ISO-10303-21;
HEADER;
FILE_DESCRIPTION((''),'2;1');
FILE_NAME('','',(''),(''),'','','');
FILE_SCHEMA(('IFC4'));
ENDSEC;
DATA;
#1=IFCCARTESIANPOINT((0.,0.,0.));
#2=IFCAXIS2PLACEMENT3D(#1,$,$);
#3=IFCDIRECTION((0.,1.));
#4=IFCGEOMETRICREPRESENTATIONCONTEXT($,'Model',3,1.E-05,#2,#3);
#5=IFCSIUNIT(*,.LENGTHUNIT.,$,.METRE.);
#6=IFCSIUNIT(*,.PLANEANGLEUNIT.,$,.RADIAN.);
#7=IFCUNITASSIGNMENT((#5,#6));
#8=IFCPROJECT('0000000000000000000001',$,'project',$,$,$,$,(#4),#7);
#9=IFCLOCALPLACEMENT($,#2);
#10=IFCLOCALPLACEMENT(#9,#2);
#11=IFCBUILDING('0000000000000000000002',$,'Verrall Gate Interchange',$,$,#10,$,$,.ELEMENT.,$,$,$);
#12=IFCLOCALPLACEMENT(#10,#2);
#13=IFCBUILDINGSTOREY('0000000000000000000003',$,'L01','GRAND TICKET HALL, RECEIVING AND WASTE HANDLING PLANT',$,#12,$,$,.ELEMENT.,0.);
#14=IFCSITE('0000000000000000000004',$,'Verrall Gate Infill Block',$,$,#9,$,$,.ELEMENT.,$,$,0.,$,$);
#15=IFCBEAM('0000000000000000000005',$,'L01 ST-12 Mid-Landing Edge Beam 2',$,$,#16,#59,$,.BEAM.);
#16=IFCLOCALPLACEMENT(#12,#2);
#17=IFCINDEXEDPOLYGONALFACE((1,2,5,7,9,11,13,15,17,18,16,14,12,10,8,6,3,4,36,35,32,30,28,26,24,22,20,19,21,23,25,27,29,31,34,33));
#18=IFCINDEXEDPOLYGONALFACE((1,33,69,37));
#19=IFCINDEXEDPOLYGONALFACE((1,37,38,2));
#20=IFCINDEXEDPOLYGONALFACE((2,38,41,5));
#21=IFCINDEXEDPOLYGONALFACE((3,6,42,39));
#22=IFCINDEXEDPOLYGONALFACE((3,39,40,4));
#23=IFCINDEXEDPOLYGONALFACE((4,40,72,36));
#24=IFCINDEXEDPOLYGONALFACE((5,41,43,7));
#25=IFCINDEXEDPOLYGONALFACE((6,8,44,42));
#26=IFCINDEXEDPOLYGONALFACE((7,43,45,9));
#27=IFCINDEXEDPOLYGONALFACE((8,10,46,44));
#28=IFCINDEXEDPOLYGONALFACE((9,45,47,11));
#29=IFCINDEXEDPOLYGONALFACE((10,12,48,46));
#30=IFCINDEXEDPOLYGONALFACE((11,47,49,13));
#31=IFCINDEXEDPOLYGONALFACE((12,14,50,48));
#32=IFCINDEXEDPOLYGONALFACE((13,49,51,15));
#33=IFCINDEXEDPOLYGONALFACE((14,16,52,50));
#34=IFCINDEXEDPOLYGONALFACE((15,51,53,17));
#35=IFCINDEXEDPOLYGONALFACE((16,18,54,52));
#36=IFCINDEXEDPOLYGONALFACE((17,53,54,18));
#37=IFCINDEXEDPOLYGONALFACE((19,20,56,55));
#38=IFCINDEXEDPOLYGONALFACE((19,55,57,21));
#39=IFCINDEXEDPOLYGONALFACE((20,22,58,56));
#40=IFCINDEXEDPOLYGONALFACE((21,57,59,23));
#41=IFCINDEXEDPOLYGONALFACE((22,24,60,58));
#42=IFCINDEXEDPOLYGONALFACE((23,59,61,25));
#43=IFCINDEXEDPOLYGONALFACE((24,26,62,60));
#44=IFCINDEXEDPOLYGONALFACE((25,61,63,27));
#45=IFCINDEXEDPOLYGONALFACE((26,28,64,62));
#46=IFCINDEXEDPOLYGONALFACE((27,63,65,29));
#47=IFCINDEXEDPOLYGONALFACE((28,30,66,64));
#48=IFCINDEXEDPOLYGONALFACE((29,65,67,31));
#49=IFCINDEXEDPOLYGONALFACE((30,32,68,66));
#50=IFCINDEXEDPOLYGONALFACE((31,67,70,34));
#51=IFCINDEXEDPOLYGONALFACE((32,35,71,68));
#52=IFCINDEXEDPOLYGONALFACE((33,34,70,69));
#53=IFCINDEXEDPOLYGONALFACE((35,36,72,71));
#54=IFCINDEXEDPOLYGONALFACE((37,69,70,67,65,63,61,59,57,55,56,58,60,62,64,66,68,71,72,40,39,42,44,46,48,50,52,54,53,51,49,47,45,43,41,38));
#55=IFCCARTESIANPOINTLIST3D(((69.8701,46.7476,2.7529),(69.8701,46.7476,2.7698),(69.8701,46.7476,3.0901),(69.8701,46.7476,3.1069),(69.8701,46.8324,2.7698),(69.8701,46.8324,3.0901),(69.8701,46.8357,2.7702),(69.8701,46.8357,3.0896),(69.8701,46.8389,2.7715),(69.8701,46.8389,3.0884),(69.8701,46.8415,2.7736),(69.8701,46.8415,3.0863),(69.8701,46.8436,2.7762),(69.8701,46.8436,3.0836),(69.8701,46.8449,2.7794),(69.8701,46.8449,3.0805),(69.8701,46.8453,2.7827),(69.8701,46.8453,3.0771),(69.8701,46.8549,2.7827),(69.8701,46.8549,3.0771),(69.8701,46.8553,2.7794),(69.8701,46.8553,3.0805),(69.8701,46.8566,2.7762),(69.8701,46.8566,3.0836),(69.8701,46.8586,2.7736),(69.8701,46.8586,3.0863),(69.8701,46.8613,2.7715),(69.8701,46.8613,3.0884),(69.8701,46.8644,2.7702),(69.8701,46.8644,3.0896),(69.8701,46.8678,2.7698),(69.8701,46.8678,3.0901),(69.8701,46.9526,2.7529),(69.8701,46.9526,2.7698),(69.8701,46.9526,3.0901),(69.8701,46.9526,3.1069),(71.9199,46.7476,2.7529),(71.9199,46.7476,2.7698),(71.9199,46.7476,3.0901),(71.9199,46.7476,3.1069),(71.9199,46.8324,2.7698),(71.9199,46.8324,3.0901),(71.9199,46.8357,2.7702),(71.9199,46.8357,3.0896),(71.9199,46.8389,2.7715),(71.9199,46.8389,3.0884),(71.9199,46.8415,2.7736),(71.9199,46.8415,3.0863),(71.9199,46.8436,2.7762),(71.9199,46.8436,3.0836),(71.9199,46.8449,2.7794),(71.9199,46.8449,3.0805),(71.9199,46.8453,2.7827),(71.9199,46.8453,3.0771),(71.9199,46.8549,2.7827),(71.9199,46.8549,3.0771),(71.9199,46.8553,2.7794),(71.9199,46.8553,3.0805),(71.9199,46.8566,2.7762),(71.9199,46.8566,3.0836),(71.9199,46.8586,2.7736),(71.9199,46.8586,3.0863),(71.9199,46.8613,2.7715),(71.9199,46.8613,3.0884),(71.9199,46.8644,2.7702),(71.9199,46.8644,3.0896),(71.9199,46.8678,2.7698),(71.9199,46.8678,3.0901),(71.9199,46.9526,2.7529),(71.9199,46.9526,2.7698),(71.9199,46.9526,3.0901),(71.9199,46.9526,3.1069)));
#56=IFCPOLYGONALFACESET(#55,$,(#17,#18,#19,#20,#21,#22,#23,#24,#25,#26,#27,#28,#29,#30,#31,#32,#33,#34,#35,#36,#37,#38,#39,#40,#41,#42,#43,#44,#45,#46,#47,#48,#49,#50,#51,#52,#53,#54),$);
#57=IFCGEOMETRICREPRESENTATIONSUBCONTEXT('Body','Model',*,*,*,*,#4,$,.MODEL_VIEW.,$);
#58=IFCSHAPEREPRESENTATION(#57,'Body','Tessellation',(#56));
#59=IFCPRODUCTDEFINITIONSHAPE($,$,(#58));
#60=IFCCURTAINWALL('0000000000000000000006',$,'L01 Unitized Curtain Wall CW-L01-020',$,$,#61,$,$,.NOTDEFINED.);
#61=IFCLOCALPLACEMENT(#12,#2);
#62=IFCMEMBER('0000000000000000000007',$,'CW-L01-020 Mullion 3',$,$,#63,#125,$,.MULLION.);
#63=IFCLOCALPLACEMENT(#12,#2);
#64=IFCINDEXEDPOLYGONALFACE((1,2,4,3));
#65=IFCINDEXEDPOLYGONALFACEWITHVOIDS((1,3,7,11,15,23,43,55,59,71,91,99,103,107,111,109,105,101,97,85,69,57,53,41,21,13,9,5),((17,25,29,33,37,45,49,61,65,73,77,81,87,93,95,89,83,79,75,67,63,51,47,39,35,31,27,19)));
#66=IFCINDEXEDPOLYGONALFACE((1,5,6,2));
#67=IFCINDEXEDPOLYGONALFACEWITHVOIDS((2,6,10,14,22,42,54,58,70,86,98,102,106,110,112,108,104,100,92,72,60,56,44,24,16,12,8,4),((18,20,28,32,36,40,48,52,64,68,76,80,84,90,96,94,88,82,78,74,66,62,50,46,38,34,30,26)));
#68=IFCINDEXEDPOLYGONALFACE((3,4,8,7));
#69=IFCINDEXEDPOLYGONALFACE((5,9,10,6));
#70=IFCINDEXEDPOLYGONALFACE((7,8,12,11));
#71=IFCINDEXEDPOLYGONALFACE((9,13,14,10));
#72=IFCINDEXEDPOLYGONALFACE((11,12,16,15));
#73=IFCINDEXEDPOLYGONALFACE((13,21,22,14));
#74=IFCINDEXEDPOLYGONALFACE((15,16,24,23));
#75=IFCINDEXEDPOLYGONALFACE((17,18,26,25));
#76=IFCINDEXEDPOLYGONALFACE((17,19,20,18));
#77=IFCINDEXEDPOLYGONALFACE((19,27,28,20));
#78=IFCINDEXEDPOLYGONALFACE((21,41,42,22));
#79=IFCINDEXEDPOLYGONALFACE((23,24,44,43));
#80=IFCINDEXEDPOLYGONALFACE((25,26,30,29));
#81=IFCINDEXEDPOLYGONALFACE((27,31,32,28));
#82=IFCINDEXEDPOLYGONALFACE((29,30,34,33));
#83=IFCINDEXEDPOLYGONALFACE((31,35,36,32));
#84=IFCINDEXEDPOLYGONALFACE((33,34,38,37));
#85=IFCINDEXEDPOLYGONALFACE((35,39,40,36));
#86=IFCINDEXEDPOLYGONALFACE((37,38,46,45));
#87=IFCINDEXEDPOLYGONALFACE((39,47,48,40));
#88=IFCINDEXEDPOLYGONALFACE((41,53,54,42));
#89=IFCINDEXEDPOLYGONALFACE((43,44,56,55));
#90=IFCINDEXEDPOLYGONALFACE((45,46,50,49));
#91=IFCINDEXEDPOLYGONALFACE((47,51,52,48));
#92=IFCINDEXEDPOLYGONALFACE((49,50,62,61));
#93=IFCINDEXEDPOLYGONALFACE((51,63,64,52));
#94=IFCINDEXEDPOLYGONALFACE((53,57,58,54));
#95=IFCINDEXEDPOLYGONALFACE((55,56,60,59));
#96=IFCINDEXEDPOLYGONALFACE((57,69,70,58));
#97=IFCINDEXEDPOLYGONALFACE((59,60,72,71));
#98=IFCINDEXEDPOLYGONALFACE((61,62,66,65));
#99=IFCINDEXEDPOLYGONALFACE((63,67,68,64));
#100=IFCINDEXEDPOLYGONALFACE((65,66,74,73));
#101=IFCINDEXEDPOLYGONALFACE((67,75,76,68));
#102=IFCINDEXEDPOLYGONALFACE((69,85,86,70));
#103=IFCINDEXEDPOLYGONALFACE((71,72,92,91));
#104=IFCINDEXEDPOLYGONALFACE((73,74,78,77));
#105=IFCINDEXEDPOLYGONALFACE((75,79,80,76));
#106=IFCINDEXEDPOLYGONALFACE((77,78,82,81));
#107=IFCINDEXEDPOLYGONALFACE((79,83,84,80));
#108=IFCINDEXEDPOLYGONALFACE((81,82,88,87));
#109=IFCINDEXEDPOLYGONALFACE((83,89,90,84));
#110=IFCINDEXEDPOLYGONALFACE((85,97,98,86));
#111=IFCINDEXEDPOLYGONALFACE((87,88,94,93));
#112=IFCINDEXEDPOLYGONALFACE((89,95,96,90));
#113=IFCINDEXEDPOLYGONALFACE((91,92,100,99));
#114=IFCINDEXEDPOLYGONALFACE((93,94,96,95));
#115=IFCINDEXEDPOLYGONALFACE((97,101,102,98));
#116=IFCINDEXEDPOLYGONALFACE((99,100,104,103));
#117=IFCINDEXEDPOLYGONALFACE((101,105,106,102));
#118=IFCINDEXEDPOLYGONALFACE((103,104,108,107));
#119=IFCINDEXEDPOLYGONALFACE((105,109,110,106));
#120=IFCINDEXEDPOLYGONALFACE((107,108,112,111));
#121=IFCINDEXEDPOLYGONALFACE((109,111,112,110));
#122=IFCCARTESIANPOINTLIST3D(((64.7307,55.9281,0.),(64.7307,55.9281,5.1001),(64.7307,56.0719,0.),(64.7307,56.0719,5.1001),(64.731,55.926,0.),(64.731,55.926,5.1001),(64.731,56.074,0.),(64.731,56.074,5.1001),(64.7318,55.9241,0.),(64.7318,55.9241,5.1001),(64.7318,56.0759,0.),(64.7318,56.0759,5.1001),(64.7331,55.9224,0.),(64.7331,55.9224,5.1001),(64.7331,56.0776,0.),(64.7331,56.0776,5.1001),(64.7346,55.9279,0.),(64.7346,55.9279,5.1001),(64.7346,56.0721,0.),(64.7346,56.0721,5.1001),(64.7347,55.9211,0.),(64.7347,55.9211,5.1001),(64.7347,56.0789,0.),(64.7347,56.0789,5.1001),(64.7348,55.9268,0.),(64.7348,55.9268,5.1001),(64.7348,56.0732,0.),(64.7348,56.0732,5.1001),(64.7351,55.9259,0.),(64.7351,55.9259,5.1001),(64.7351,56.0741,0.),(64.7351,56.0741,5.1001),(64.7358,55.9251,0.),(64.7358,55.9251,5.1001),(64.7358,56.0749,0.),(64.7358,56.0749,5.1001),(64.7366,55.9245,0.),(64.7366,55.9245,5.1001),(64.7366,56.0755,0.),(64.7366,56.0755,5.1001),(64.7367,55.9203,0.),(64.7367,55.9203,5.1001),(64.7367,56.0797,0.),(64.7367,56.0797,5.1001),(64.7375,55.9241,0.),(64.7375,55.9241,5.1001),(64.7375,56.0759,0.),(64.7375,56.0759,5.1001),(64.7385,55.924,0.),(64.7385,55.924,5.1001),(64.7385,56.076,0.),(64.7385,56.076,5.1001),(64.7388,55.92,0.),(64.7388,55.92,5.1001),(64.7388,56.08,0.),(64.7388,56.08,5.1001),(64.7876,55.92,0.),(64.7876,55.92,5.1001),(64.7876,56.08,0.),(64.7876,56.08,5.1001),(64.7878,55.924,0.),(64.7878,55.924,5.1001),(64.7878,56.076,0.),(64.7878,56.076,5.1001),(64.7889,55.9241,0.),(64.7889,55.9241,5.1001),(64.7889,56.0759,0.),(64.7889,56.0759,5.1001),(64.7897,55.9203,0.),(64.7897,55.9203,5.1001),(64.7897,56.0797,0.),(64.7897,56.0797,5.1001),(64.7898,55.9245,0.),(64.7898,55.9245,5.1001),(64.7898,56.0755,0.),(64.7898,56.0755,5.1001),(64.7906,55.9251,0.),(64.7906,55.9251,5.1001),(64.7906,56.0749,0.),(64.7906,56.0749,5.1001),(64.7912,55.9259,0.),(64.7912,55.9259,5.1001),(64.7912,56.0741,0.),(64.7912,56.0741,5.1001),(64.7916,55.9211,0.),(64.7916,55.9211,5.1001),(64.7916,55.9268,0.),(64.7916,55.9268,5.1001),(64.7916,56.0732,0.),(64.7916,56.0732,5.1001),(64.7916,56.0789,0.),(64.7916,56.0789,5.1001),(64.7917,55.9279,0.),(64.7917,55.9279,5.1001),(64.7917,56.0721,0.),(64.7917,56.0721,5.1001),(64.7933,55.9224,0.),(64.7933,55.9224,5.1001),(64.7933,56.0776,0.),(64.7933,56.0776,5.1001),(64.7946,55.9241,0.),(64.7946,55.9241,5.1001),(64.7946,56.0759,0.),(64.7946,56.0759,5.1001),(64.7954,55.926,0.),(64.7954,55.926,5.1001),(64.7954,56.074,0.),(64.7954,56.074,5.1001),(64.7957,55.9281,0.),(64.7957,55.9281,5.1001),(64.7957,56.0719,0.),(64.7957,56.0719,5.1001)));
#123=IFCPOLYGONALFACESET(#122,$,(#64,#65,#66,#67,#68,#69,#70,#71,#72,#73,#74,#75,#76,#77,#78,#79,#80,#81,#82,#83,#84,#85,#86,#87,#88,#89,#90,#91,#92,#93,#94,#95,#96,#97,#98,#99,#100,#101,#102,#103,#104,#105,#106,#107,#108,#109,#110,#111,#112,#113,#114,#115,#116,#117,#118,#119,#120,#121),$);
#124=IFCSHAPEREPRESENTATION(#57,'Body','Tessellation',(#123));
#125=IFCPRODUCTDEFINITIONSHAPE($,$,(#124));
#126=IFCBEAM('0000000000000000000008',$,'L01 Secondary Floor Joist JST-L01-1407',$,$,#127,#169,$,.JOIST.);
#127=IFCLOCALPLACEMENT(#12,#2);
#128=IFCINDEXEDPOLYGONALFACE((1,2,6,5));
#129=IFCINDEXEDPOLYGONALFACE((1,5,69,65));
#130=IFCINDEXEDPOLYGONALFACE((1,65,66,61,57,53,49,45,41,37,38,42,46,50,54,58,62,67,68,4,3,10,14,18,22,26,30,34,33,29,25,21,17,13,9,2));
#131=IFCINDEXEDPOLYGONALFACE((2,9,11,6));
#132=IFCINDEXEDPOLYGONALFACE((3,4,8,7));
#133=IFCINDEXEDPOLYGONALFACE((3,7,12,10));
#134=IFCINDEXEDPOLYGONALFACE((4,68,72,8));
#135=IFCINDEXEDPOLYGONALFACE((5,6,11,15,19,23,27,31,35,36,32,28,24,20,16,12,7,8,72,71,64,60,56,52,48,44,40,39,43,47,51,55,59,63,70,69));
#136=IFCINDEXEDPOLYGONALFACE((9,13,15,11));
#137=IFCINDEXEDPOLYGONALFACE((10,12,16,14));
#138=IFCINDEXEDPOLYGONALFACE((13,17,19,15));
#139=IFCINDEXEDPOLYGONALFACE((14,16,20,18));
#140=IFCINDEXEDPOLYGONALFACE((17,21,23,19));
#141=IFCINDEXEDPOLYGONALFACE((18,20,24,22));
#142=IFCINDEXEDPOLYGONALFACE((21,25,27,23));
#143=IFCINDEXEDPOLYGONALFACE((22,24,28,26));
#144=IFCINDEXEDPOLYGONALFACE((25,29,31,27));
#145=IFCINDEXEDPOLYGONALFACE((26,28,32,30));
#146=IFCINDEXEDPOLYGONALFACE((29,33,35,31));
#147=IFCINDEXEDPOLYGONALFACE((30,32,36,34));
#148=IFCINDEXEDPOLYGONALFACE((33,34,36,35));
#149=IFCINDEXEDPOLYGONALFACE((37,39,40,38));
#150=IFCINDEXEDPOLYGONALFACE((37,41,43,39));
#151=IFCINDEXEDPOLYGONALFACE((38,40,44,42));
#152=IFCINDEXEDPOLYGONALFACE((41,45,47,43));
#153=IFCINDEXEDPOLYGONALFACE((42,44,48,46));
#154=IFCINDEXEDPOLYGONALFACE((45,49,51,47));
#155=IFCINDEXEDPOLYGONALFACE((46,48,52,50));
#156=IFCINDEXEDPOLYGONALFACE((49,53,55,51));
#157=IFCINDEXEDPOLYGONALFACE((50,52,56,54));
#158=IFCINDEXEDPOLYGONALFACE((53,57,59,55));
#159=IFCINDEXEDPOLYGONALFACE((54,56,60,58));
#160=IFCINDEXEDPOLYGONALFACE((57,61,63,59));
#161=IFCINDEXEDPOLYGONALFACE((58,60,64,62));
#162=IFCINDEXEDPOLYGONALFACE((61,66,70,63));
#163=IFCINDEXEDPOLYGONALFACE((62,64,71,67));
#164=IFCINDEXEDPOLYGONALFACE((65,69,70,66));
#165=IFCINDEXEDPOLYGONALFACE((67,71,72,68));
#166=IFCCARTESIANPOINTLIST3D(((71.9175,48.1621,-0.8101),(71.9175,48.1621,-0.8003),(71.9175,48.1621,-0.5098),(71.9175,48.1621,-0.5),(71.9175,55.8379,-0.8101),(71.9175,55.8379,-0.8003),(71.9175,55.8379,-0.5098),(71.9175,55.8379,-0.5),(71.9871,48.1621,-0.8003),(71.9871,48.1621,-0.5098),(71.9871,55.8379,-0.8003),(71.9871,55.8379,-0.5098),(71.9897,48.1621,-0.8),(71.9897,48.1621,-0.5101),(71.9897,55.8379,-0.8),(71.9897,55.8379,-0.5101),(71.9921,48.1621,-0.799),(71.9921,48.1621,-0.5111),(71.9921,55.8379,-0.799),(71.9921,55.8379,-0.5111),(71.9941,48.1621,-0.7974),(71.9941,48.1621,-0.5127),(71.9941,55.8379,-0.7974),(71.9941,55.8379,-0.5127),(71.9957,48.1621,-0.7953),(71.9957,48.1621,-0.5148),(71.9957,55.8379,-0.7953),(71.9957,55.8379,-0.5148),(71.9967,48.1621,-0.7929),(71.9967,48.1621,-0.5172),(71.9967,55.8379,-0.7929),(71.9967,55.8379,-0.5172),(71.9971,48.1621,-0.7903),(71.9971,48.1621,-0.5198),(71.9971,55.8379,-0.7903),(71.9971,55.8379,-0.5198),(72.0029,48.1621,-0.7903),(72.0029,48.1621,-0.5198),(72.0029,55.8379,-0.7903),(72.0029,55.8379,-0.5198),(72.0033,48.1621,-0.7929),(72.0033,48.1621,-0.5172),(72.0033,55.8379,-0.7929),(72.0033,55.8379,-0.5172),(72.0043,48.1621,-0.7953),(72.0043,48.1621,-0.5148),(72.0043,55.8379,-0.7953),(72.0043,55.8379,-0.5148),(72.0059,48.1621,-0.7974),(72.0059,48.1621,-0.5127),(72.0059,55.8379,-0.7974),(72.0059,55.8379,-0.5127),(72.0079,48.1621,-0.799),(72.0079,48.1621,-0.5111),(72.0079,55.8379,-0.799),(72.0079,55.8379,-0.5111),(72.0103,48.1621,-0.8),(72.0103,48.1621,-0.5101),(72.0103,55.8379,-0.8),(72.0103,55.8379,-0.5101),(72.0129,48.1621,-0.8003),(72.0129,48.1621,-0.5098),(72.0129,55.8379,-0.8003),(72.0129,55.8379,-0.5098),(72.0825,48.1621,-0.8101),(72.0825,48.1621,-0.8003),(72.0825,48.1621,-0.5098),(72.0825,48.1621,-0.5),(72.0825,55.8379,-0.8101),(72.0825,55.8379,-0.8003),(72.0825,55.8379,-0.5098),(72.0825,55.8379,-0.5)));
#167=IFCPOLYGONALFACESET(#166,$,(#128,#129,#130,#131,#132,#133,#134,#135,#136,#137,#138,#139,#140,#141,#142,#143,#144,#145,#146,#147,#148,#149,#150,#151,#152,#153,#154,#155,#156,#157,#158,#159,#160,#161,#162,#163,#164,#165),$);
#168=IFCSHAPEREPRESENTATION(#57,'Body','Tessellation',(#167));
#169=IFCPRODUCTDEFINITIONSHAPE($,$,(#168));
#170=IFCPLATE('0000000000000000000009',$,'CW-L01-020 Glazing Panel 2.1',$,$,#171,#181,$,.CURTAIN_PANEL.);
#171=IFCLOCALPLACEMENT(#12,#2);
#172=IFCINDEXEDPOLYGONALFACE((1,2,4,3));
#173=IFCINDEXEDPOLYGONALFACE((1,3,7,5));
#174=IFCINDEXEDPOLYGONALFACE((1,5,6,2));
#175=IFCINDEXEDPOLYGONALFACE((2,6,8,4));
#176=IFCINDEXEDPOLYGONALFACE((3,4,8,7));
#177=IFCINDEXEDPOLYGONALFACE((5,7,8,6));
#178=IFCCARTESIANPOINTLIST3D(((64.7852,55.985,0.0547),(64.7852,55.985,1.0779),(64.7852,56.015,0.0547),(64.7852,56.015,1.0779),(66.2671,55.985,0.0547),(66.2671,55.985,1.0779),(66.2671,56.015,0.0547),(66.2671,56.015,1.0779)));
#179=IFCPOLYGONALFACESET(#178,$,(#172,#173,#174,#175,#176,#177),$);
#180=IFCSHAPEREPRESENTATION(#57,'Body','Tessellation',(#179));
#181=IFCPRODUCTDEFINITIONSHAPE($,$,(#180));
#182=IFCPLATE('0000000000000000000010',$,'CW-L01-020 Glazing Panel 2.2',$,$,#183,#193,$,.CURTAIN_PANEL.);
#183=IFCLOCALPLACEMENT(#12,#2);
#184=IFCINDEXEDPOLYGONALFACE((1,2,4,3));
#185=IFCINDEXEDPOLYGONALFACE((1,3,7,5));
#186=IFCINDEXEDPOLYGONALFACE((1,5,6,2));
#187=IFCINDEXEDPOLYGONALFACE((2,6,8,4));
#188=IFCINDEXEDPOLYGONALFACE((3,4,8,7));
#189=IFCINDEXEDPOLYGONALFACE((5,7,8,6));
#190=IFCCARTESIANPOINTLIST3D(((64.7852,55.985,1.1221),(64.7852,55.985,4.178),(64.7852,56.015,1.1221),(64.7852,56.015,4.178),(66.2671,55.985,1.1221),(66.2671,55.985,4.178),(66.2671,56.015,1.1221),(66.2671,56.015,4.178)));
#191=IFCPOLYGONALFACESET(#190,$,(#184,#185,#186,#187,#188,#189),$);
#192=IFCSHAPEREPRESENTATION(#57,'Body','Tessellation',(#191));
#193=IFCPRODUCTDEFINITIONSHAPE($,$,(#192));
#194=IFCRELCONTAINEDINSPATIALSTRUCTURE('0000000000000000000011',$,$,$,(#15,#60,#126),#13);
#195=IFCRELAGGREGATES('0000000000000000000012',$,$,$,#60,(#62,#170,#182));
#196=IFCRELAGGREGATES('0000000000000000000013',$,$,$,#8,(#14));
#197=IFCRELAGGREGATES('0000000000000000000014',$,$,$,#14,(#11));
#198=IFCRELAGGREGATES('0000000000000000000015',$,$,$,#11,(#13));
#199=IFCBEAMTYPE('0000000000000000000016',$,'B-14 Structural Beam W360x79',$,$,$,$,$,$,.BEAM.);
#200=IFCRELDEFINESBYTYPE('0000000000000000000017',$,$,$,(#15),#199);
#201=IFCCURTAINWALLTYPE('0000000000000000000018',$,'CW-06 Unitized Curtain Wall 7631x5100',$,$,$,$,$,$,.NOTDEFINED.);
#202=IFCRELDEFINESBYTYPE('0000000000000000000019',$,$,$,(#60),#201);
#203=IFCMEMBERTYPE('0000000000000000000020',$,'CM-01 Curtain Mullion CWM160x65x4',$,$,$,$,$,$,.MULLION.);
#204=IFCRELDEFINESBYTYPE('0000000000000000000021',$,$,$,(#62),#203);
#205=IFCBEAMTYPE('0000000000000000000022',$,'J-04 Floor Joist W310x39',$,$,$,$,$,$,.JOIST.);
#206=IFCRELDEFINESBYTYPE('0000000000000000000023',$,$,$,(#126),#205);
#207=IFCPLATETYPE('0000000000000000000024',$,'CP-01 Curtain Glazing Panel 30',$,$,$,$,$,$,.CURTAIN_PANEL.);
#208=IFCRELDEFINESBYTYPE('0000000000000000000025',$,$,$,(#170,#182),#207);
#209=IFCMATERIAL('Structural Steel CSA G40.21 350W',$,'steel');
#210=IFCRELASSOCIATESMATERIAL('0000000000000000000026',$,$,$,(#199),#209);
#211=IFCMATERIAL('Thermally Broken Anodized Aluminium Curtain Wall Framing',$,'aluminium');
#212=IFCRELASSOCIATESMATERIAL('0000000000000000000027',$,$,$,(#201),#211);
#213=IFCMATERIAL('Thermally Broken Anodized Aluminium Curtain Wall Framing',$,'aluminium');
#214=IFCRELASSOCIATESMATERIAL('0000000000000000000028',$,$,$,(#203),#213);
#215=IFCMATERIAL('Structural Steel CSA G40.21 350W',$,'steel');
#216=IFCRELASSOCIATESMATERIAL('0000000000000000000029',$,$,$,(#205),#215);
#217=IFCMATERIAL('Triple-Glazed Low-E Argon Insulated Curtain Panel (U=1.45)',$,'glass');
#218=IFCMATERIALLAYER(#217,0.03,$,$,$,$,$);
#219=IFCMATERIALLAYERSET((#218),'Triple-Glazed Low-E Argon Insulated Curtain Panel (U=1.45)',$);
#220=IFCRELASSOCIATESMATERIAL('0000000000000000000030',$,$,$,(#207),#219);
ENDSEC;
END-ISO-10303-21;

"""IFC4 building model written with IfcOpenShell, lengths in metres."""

from ifc_helpers import new_model, si_unit, direction, frame, origin, origin_2d, place, context, subcontext, project, spatial, rectangle, hollow_rectangle, i_section, extrude, material, layer, layer_set, material_profile, profile_set, type_object, element, aggregate, save


model = new_model("IFC4")

# Units and contexts
model_context = context("Model", 3, precision=1e-05, world=origin(), true_north=direction((0.0, 1.0)))
body_context = subcontext(model_context, "Body", "Model", "MODEL_VIEW")
ifc_project = project(units=[si_unit("LENGTHUNIT", "METRE"), si_unit("PLANEANGLEUNIT", "RADIAN")], contexts=[model_context])

# Site, building, storey
site_placement = place(None, origin())
site = spatial("IfcSite", under=ifc_project, at=site_placement, Name="Verrall Gate Infill Block", CompositionType="ELEMENT", RefElevation=0.0)
building_placement = place(site_placement, origin())
building = spatial("IfcBuilding", under=site, at=building_placement, Name="Verrall Gate Interchange", CompositionType="ELEMENT")
storey_placement = place(building_placement, origin())
storey = spatial("IfcBuildingStorey", under=building, at=storey_placement, Name="L01", Description="GRAND TICKET HALL, RECEIVING AND WASTE HANDLING PLANT", CompositionType="ELEMENT", Elevation=0.0)

# Beam
ifc_material_1 = material(Name="Structural Steel CSA G40.21 350W", Category="steel")
ifc_material_profile_1 = material_profile(ifc_material_1, i_section(OverallWidth=0.2051, OverallDepth=0.354, WebThickness=0.0095, FlangeThickness=0.0168, FilletRadius=0.0129, at=origin_2d()), Name="W360x79")
ifc_profile_set_1 = profile_set([ifc_material_profile_1], Name="Structural Steel CSA G40.21 350W")
beam_type_1 = type_object("IfcBeamType", Name="B-14 Structural Beam W360x79", PredefinedType="BEAM", material=ifc_profile_set_1)
beam_1_placement = place(storey_placement, frame((69.8701, 46.8501, 2.9299), z_axis=(1.0, 0.0, 0.0), x_axis=(0.0, 1.0, 0.0)))
element("IfcBeam", 1, at=beam_1_placement, inside=storey, type_object=beam_type_1, Name="L01 ST-12 Mid-Landing Edge Beam 2", PredefinedType="BEAM", context=body_context, shape_type="SweptSolid", body=[
    extrude(i_section(OverallWidth=0.2051, OverallDepth=0.354, WebThickness=0.0095, FlangeThickness=0.0168, FilletRadius=0.0129, at=origin_2d()), origin(), (0.0, 0.0, 1.0), 2.0498),
])

# Curtain wall, member
ifc_material_2 = material(Name="Thermally Broken Anodized Aluminium Curtain Wall Framing", Category="aluminium")
curtain_wall_type = type_object("IfcCurtainWallType", Name="CW-06 Unitized Curtain Wall 7631x5100", PredefinedType="NOTDEFINED", material=ifc_material_2)
curtain_wall_placement = place(storey_placement, origin())
curtain_wall = element("IfcCurtainWall", 2, at=curtain_wall_placement, inside=storey, type_object=curtain_wall_type, Name="L01 Unitized Curtain Wall CW-L01-020", PredefinedType="NOTDEFINED")
ifc_material_3 = material(Name="Thermally Broken Anodized Aluminium Curtain Wall Framing", Category="aluminium")
ifc_material_profile_2 = material_profile(ifc_material_3, hollow_rectangle(XDim=0.0649, YDim=0.1599, WallThickness=0.0039, InnerFilletRadius=0.0039, OuterFilletRadius=0.0081, at=origin_2d()), Name="CWM160x65x4")
ifc_profile_set_2 = profile_set([ifc_material_profile_2], Name="Thermally Broken Anodized Aluminium Curtain Wall Framing")
member_type = type_object("IfcMemberType", Name="CM-01 Curtain Mullion CWM160x65x4", PredefinedType="MULLION", material=ifc_profile_set_2)
member_placement = place(storey_placement, frame((64.7632, 56.0, 0.0), z_axis=(0.0, 0.0, 1.0), x_axis=(-1.0, 0.0, 0.0)))
member = element("IfcMember", 3, at=member_placement, type_object=member_type, Name="CW-L01-020 Mullion 3", PredefinedType="MULLION", context=body_context, shape_type="SweptSolid", body=[
    extrude(hollow_rectangle(XDim=0.0649, YDim=0.1599, WallThickness=0.0039, InnerFilletRadius=0.0039, OuterFilletRadius=0.0081, at=origin_2d()), origin(), (0.0, 0.0, 1.0), 5.1001),
])

# Beam
ifc_material_4 = material(Name="Structural Steel CSA G40.21 350W", Category="steel")
ifc_material_profile_3 = material_profile(ifc_material_4, i_section(OverallWidth=0.165, OverallDepth=0.3101, WebThickness=0.0059, FlangeThickness=0.0098, FilletRadius=0.01, at=origin_2d()), Name="W310x39")
ifc_profile_set_3 = profile_set([ifc_material_profile_3], Name="Structural Steel CSA G40.21 350W")
beam_type_2 = type_object("IfcBeamType", Name="J-04 Floor Joist W310x39", PredefinedType="JOIST", material=ifc_profile_set_3)
beam_2_placement = place(storey_placement, frame((72.0, 48.1621, -0.655), z_axis=(0.0, 1.0, 0.0), x_axis=(-1.0, 0.0, 0.0)))
element("IfcBeam", 4, at=beam_2_placement, inside=storey, type_object=beam_type_2, Name="L01 Secondary Floor Joist JST-L01-1407", PredefinedType="JOIST", context=body_context, shape_type="SweptSolid", body=[
    extrude(i_section(OverallWidth=0.165, OverallDepth=0.3101, WebThickness=0.0059, FlangeThickness=0.0098, FilletRadius=0.01, at=origin_2d()), origin(), (0.0, 0.0, 1.0), 7.6758),
])

# Plates
ifc_material_5 = material(Name="Triple-Glazed Low-E Argon Insulated Curtain Panel (U=1.45)", Category="glass")
ifc_layer_1 = layer(ifc_material_5, 0.03)
ifc_layer_set_1 = layer_set([ifc_layer_1], Name="Triple-Glazed Low-E Argon Insulated Curtain Panel (U=1.45)")
plate_type_1 = type_object("IfcPlateType", Name="CP-01 Curtain Glazing Panel 30", PredefinedType="CURTAIN_PANEL", material=ifc_layer_set_1)
plate_1_placement = place(storey_placement, frame((65.5261, 56.0, 0.0547), z_axis=(0.0, 0.0, 1.0), x_axis=(-1.0, 0.0, 0.0)))
plate_1 = element("IfcPlate", 5, at=plate_1_placement, type_object=plate_type_1, Name="CW-L01-020 Glazing Panel 2.1", PredefinedType="CURTAIN_PANEL", context=body_context, shape_type="SweptSolid", body=[
    extrude(rectangle(XDim=1.4819, YDim=0.03, at=origin_2d()), origin(), (0.0, 0.0, 1.0), 1.0232),
])
plate_2_placement = place(storey_placement, frame((65.5261, 56.0, 1.1221), z_axis=(0.0, 0.0, 1.0), x_axis=(-1.0, 0.0, 0.0)))
plate_2 = element("IfcPlate", 6, at=plate_2_placement, type_object=plate_type_1, Name="CW-L01-020 Glazing Panel 2.2", PredefinedType="CURTAIN_PANEL", context=body_context, shape_type="SweptSolid", body=[
    extrude(rectangle(XDim=1.4819, YDim=0.03, at=origin_2d()), origin(), (0.0, 0.0, 1.0), 3.0559),
])
aggregate(curtain_wall, [member, plate_1, plate_2])

save(model, "model.ifc")
